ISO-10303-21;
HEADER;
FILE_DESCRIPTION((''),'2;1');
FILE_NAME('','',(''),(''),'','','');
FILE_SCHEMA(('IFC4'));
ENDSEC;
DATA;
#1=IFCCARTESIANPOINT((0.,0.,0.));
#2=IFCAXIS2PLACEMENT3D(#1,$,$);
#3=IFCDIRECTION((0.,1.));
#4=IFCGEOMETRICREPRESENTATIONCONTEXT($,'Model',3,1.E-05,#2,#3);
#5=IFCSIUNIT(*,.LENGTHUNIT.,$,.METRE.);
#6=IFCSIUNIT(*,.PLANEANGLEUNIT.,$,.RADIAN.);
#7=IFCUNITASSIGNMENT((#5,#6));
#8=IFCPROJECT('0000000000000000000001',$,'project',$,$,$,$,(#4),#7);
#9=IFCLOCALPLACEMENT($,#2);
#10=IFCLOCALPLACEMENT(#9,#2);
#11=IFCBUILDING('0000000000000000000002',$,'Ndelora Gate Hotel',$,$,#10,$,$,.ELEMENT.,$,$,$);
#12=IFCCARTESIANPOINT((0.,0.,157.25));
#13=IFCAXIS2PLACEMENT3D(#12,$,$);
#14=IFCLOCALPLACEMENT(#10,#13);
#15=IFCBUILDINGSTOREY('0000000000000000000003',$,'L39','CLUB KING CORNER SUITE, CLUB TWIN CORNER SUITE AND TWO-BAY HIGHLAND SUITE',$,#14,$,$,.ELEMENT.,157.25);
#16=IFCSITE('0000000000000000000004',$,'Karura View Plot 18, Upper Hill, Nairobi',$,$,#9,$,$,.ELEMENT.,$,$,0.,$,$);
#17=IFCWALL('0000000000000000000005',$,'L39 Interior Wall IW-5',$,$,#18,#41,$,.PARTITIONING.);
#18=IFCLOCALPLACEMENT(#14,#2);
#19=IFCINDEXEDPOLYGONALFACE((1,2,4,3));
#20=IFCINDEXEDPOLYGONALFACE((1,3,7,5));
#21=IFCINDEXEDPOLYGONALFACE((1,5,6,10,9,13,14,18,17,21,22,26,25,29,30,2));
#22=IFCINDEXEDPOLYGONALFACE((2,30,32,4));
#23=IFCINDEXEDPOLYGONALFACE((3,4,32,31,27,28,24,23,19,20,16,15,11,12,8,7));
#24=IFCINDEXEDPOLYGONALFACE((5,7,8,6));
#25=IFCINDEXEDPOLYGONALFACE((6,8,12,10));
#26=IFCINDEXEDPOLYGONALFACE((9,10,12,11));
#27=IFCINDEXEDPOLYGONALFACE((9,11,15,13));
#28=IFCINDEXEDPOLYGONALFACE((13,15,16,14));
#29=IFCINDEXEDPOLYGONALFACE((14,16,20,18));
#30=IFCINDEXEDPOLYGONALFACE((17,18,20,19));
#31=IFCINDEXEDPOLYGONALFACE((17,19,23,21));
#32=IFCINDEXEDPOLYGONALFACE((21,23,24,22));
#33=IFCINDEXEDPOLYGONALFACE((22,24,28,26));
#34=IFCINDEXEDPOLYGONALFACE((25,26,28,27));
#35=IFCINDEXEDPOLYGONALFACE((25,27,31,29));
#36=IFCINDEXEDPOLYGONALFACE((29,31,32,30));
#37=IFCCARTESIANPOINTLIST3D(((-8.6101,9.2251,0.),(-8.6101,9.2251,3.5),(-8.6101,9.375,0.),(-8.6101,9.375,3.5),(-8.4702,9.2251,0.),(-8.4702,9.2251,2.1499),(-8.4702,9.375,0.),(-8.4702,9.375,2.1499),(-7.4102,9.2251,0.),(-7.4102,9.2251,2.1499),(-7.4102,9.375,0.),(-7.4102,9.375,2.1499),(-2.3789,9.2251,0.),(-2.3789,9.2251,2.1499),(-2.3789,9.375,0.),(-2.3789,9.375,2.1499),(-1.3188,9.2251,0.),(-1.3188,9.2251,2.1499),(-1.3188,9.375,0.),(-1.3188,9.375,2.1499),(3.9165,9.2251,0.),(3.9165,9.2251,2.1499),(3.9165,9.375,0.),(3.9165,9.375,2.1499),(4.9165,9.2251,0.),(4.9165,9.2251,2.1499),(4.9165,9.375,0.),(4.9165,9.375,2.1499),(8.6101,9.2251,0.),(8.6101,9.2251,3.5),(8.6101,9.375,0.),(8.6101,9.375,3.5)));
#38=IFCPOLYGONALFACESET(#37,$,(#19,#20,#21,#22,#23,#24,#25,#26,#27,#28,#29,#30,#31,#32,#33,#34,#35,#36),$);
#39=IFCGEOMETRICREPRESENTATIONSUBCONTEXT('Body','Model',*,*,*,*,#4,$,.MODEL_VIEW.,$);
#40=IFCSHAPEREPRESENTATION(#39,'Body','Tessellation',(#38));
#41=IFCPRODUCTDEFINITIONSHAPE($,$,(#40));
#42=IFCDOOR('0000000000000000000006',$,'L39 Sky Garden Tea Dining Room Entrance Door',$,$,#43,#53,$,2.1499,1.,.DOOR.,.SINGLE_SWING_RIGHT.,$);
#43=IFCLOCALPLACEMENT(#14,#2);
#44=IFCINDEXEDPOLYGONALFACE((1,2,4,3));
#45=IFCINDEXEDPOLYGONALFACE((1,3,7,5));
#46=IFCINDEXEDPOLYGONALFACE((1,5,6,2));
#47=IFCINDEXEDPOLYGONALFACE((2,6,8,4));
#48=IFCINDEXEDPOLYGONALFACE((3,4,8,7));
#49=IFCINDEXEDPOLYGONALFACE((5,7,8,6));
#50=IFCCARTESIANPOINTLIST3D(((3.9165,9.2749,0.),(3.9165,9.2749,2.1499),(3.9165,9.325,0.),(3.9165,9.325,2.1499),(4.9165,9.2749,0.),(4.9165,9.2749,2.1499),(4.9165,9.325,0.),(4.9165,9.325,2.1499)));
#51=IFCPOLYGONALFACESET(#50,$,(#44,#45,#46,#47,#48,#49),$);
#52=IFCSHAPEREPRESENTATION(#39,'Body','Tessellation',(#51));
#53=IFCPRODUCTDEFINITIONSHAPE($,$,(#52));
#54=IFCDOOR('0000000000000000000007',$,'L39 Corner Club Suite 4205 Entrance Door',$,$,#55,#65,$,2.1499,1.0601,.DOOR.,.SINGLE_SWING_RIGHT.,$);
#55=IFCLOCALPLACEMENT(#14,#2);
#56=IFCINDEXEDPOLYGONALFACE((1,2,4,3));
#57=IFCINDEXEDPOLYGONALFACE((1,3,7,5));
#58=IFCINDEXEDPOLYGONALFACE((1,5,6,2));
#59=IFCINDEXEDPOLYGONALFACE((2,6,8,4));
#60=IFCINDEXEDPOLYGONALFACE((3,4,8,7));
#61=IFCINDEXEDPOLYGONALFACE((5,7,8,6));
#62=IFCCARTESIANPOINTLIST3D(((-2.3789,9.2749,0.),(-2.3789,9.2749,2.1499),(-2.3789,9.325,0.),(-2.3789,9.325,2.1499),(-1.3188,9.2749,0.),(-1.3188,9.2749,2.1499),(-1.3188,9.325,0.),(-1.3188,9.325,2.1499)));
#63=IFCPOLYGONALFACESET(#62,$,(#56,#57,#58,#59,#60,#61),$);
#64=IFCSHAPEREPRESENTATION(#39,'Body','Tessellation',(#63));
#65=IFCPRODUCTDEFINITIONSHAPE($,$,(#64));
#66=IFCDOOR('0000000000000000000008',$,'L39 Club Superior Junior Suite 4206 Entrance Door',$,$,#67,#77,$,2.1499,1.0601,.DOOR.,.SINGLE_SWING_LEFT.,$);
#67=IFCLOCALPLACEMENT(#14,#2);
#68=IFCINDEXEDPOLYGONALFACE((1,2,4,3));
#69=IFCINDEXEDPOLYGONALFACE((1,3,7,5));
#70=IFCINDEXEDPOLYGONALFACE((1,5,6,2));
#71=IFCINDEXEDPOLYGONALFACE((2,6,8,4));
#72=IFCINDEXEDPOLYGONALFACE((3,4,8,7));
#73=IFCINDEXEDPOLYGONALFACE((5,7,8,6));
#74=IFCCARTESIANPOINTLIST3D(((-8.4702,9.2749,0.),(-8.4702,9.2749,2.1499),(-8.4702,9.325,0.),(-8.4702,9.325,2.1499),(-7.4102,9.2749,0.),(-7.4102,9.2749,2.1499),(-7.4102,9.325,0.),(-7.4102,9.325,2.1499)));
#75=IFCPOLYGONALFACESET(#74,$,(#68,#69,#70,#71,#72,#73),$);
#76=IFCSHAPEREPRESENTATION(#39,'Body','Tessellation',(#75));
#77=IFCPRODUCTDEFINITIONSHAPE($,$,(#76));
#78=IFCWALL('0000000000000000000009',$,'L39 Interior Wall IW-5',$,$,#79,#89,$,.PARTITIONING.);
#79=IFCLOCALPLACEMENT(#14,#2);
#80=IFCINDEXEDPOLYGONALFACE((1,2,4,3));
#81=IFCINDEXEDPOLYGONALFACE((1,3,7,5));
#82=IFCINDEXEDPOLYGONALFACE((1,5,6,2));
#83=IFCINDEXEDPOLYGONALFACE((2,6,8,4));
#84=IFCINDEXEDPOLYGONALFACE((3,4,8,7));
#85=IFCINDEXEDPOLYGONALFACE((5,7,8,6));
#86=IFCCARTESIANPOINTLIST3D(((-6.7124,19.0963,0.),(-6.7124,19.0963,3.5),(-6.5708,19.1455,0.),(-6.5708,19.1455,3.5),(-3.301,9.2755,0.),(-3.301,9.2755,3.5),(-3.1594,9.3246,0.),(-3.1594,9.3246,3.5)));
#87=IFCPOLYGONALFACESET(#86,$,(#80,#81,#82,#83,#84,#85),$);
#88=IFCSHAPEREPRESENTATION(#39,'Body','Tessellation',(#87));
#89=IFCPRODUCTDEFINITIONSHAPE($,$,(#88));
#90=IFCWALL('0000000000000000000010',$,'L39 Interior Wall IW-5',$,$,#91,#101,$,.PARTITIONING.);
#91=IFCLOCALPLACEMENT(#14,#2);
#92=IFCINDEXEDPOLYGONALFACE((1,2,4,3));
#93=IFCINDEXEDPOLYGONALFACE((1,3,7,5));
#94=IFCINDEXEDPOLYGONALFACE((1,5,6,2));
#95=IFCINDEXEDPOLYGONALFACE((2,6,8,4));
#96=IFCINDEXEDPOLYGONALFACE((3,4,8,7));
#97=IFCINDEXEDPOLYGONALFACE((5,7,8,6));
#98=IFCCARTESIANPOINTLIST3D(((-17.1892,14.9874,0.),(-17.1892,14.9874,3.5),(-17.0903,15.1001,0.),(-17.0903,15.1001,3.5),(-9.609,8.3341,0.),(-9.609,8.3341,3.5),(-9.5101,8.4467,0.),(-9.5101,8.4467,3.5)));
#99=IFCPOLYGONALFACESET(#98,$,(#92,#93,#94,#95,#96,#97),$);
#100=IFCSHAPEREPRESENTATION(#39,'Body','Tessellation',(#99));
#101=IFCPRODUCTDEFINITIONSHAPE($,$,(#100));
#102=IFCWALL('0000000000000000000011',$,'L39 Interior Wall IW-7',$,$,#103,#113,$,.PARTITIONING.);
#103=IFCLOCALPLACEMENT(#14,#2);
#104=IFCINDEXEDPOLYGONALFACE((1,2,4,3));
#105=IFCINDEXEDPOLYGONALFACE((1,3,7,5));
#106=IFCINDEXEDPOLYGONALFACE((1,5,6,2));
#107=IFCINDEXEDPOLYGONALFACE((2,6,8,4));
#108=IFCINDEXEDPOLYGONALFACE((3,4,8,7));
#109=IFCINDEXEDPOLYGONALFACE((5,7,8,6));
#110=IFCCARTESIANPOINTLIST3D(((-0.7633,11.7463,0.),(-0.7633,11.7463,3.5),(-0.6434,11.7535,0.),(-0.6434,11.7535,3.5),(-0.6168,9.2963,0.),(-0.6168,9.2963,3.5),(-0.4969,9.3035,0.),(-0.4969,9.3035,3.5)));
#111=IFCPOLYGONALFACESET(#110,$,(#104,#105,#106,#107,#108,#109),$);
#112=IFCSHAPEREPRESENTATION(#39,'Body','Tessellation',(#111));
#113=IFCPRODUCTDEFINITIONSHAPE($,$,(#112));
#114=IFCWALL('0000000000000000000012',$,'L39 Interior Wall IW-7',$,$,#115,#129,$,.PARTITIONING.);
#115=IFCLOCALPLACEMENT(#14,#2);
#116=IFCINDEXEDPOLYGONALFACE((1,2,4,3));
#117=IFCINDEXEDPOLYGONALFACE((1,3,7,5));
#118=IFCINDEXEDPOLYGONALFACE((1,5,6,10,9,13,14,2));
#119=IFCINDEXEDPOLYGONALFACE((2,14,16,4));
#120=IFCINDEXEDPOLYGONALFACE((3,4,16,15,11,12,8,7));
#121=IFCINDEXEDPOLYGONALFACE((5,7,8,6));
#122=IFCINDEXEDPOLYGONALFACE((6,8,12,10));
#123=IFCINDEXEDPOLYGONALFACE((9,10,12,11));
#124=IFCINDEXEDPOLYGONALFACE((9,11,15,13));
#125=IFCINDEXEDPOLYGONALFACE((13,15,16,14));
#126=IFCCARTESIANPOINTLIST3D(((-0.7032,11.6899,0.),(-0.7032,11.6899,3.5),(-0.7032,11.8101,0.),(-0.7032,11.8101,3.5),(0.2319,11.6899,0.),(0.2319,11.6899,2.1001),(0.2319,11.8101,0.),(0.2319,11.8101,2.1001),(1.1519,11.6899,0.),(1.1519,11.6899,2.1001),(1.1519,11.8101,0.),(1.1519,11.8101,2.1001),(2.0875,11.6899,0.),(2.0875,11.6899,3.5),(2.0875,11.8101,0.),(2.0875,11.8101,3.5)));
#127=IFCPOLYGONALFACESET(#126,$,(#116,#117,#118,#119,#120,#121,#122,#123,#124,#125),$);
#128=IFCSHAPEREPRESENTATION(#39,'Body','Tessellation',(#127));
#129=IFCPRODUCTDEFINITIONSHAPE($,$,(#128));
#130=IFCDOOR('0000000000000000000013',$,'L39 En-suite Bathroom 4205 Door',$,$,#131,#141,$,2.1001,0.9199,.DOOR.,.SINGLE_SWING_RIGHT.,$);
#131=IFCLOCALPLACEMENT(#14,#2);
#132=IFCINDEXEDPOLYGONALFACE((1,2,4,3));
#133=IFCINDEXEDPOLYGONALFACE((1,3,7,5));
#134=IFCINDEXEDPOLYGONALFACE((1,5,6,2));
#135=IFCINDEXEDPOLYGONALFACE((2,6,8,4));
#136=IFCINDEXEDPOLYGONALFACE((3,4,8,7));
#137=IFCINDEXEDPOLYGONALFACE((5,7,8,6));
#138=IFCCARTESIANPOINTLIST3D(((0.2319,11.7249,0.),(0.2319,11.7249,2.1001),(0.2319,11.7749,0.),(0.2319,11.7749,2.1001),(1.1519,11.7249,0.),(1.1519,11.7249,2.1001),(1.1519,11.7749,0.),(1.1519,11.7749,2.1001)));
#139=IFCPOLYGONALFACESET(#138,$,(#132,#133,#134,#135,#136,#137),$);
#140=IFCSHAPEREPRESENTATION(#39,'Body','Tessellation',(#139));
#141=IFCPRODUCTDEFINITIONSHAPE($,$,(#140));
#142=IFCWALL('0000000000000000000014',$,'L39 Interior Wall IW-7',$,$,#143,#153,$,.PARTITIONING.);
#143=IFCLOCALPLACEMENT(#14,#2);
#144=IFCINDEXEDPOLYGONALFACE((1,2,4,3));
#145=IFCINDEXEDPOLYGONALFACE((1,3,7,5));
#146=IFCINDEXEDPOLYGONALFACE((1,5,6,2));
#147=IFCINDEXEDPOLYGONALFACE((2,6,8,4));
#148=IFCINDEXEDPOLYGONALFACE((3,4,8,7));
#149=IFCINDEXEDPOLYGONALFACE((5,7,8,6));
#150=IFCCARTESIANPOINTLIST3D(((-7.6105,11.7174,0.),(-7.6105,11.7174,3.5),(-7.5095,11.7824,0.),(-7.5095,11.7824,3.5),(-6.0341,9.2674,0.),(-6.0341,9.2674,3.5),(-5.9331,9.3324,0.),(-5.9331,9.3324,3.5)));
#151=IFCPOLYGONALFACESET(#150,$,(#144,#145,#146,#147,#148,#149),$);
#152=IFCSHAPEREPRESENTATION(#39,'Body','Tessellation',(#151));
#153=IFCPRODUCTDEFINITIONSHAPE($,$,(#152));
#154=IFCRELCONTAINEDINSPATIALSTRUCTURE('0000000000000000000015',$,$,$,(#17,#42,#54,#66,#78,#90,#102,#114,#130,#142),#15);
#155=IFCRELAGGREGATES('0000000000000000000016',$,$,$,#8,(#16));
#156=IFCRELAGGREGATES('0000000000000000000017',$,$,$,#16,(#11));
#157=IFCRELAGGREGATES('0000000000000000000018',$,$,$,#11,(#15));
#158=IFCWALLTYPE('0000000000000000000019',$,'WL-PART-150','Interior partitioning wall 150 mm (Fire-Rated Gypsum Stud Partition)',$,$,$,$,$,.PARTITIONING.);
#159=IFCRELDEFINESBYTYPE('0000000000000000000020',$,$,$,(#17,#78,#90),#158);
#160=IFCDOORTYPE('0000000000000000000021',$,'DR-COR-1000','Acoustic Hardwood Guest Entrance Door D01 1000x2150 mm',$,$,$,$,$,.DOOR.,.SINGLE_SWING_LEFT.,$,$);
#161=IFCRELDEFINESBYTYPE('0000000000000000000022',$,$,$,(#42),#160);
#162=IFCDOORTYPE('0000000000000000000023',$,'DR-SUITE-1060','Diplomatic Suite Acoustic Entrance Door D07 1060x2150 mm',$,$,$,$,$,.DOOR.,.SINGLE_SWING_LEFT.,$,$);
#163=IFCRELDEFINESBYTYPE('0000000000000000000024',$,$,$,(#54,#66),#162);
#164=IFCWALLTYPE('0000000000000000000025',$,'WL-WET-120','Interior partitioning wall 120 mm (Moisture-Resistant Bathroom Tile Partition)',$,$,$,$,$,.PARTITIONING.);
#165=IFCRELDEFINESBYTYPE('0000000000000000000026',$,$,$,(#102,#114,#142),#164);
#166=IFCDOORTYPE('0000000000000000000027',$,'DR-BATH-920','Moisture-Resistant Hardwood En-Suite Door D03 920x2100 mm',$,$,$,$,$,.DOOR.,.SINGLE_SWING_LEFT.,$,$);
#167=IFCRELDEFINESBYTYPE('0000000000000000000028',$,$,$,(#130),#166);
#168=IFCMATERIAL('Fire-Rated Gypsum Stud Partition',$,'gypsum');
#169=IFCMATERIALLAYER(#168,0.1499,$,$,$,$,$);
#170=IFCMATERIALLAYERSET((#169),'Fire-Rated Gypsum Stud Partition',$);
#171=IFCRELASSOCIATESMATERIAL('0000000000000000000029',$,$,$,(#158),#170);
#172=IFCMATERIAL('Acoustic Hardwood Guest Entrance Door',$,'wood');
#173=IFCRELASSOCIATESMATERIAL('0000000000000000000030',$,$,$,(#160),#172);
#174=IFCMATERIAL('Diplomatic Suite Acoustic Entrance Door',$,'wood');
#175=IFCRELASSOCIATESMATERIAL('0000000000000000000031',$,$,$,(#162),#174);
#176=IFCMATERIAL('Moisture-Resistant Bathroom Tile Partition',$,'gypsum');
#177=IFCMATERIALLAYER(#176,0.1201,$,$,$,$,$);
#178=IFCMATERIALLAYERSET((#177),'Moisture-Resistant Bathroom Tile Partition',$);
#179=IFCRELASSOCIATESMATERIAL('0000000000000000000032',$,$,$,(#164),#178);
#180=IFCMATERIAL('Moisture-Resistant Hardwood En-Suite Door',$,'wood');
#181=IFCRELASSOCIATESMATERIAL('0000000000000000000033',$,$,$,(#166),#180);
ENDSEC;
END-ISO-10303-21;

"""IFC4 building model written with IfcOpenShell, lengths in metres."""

from ifc_helpers import new_model, si_unit, direction, frame, frame_2d, origin, place, context, subcontext, project, spatial, rectangle, extrude, material, layer, layer_set, type_object, element, fill, save


model = new_model("IFC4")

# Units and contexts
model_context = context("Model", 3, precision=1e-05, world=origin(), true_north=direction((0.0, 1.0)))
body_context = subcontext(model_context, "Body", "Model", "MODEL_VIEW")
ifc_project = project(units=[si_unit("LENGTHUNIT", "METRE"), si_unit("PLANEANGLEUNIT", "RADIAN")], contexts=[model_context])

# Site, building, storey
site_placement = place(None, origin())
site = spatial("IfcSite", under=ifc_project, at=site_placement, Name="Karura View Plot 18, Upper Hill, Nairobi", CompositionType="ELEMENT", RefElevation=0.0)
building_placement = place(site_placement, origin())
building = spatial("IfcBuilding", under=site, at=building_placement, Name="Ndelora Gate Hotel", CompositionType="ELEMENT")
storey_placement = place(building_placement, frame((0.0, 0.0, 157.25)))
storey = spatial("IfcBuildingStorey", under=building, at=storey_placement, Name="L39", Description="CLUB KING CORNER SUITE, CLUB TWIN CORNER SUITE AND TWO-BAY HIGHLAND SUITE", CompositionType="ELEMENT", Elevation=157.25)

# Wall, openings, doors
ifc_material_1 = material(Name="Fire-Rated Gypsum Stud Partition", Category="gypsum")
ifc_layer_1 = layer(ifc_material_1, 0.1499)
ifc_layer_set_1 = layer_set([ifc_layer_1], Name="Fire-Rated Gypsum Stud Partition")
wall_type_1 = type_object("IfcWallType", Name="WL-PART-150", Description="Interior partitioning wall 150 mm (Fire-Rated Gypsum Stud Partition)", PredefinedType="PARTITIONING", material=ifc_layer_set_1)
wall_1_placement = place(storey_placement, frame((-8.6101, 9.3, 0.0), z_axis=(0.0, 0.0, 1.0), x_axis=(1.0, 0.0, 0.0)))
wall_1 = element("IfcWall", 1, at=wall_1_placement, inside=storey, type_object=wall_type_1, Name="L39 Interior Wall IW-5", PredefinedType="PARTITIONING", context=body_context, shape_type="SweptSolid", body=[
    extrude(rectangle(XDim=17.2202, YDim=0.1499, at=frame_2d((8.6101, 0.0))), origin(), (0.0, 0.0, 1.0), 3.5),
])
opening_1_placement = place(wall_1_placement, frame((12.5266, 0.0, 0.0)))
opening_1 = element("IfcOpeningElement", 2, at=opening_1_placement, cuts=wall_1, PredefinedType="OPENING", context=body_context, shape_type="SweptSolid", body=[
    extrude(rectangle(XDim=1.0, YDim=2.1499, at=frame_2d((0.5, 1.075))), frame((0.0, 0.085, 0.0), z_axis=(0.0, -1.0, 0.0), x_axis=(1.0, 0.0, 0.0)), (0.0, 0.0, 1.0), 0.1699),
])
opening_2_placement = place(wall_1_placement, frame((6.2312, 0.0, 0.0)))
opening_2 = element("IfcOpeningElement", 3, at=opening_2_placement, cuts=wall_1, PredefinedType="OPENING", context=body_context, shape_type="SweptSolid", body=[
    extrude(rectangle(XDim=1.0601, YDim=2.1499, at=frame_2d((0.53, 1.075))), frame((0.0, 0.085, 0.0), z_axis=(0.0, -1.0, 0.0), x_axis=(1.0, 0.0, 0.0)), (0.0, 0.0, 1.0), 0.1699),
])
opening_3_placement = place(wall_1_placement, frame((0.1399, 0.0, 0.0)))
opening_3 = element("IfcOpeningElement", 4, at=opening_3_placement, cuts=wall_1, PredefinedType="OPENING", context=body_context, shape_type="SweptSolid", body=[
    extrude(rectangle(XDim=1.0601, YDim=2.1499, at=frame_2d((0.53, 1.075))), frame((0.0, 0.085, 0.0), z_axis=(0.0, -1.0, 0.0), x_axis=(1.0, 0.0, 0.0)), (0.0, 0.0, 1.0), 0.1699),
])
ifc_material_2 = material(Name="Acoustic Hardwood Guest Entrance Door", Category="wood")
door_type_1 = type_object("IfcDoorType", Name="DR-COR-1000", Description="Acoustic Hardwood Guest Entrance Door D01 1000x2150 mm", OperationType="SINGLE_SWING_LEFT", PredefinedType="DOOR", material=ifc_material_2)
door_1_placement = place(opening_1_placement, origin())
door_1 = element("IfcDoor", 5, at=door_1_placement, inside=storey, type_object=door_type_1, Name="L39 Sky Garden Tea Dining Room Entrance Door", OperationType="SINGLE_SWING_RIGHT", OverallHeight=2.1499, OverallWidth=1.0, PredefinedType="DOOR", context=body_context, shape_type="SweptSolid", body=[
    extrude(rectangle(XDim=1.0, YDim=2.1499, at=frame_2d((0.5, 1.075))), frame((0.0, 0.0249, 0.0), z_axis=(0.0, -1.0, 0.0), x_axis=(1.0, 0.0, 0.0)), (0.0, 0.0, 1.0), 0.05),
])
fill(opening_1, door_1)
ifc_material_3 = material(Name="Diplomatic Suite Acoustic Entrance Door", Category="wood")
door_type_2 = type_object("IfcDoorType", Name="DR-SUITE-1060", Description="Diplomatic Suite Acoustic Entrance Door D07 1060x2150 mm", OperationType="SINGLE_SWING_LEFT", PredefinedType="DOOR", material=ifc_material_3)
door_2_placement = place(opening_2_placement, origin())
door_2 = element("IfcDoor", 6, at=door_2_placement, inside=storey, type_object=door_type_2, Name="L39 Corner Club Suite 4205 Entrance Door", OperationType="SINGLE_SWING_RIGHT", OverallHeight=2.1499, OverallWidth=1.0601, PredefinedType="DOOR", context=body_context, shape_type="SweptSolid", body=[
    extrude(rectangle(XDim=1.0601, YDim=2.1499, at=frame_2d((0.53, 1.075))), frame((0.0, 0.0249, 0.0), z_axis=(0.0, -1.0, 0.0), x_axis=(1.0, 0.0, 0.0)), (0.0, 0.0, 1.0), 0.05),
])
fill(opening_2, door_2)
door_3_placement = place(opening_3_placement, origin())
door_3 = element("IfcDoor", 7, at=door_3_placement, inside=storey, type_object=door_type_2, Name="L39 Club Superior Junior Suite 4206 Entrance Door", OperationType="SINGLE_SWING_LEFT", OverallHeight=2.1499, OverallWidth=1.0601, PredefinedType="DOOR", context=body_context, shape_type="SweptSolid", body=[
    extrude(rectangle(XDim=1.0601, YDim=2.1499, at=frame_2d((0.53, 1.075))), frame((0.0, 0.0249, 0.0), z_axis=(0.0, -1.0, 0.0), x_axis=(1.0, 0.0, 0.0)), (0.0, 0.0, 1.0), 0.05),
])
fill(opening_3, door_3)

# Walls
wall_2_placement = place(storey_placement, frame((-3.2302, 9.3, 0.0), z_axis=(0.0, 0.0, 1.0), x_axis=(-0.32813, 0.944633, 0.0)))
element("IfcWall", 8, at=wall_2_placement, inside=storey, type_object=wall_type_1, Name="L39 Interior Wall IW-5", PredefinedType="PARTITIONING", context=body_context, shape_type="SweptSolid", body=[
    extrude(rectangle(XDim=10.3965, YDim=0.1499, at=frame_2d((5.1982, 0.0))), origin(), (0.0, 0.0, 1.0), 3.5),
])
wall_3_placement = place(storey_placement, frame((-9.5596, 8.3904, 0.0), z_axis=(0.0, 0.0, 1.0), x_axis=(-0.751556, 0.659669, 0.0)))
element("IfcWall", 9, at=wall_3_placement, inside=storey, type_object=wall_type_1, Name="L39 Interior Wall IW-5", PredefinedType="PARTITIONING", context=body_context, shape_type="SweptSolid", body=[
    extrude(rectangle(XDim=10.0859, YDim=0.1499, at=frame_2d((5.043, 0.0))), origin(), (0.0, 0.0, 1.0), 3.5),
])
ifc_material_4 = material(Name="Moisture-Resistant Bathroom Tile Partition", Category="gypsum")
ifc_layer_2 = layer(ifc_material_4, 0.1201)
ifc_layer_set_2 = layer_set([ifc_layer_2], Name="Moisture-Resistant Bathroom Tile Partition")
wall_type_2 = type_object("IfcWallType", Name="WL-WET-120", Description="Interior partitioning wall 120 mm (Moisture-Resistant Bathroom Tile Partition)", PredefinedType="PARTITIONING", material=ifc_layer_set_2)
wall_4_placement = place(storey_placement, frame((-0.5569, 9.3, 0.0), z_axis=(0.0, 0.0, 1.0), x_axis=(-0.059684, 0.998217, 0.0)))
element("IfcWall", 10, at=wall_4_placement, inside=storey, type_object=wall_type_2, Name="L39 Interior Wall IW-7", PredefinedType="PARTITIONING", context=body_context, shape_type="SweptSolid", body=[
    extrude(rectangle(XDim=2.4543, YDim=0.1201, at=frame_2d((1.2271, 0.0))), origin(), (0.0, 0.0, 1.0), 3.5),
])

# Wall, opening, door
wall_5_placement = place(storey_placement, frame((-0.7034, 11.75, 0.0), z_axis=(0.0, 0.0, 1.0), x_axis=(1.0, 0.0, 0.0)))
wall_5 = element("IfcWall", 11, at=wall_5_placement, inside=storey, type_object=wall_type_2, Name="L39 Interior Wall IW-7", PredefinedType="PARTITIONING", context=body_context, shape_type="SweptSolid", body=[
    extrude(rectangle(XDim=2.7908, YDim=0.1201, at=frame_2d((1.3955, 0.0))), origin(), (0.0, 0.0, 1.0), 3.5),
])
opening_4_placement = place(wall_5_placement, frame((0.9353, 0.0, 0.0)))
opening_4 = element("IfcOpeningElement", 12, at=opening_4_placement, cuts=wall_5, PredefinedType="OPENING", context=body_context, shape_type="SweptSolid", body=[
    extrude(rectangle(XDim=0.9199, YDim=2.1001, at=frame_2d((0.46, 1.05))), frame((0.0, 0.0701, 0.0), z_axis=(0.0, -1.0, 0.0), x_axis=(1.0, 0.0, 0.0)), (0.0, 0.0, 1.0), 0.1401),
])
ifc_material_5 = material(Name="Moisture-Resistant Hardwood En-Suite Door", Category="wood")
door_type_3 = type_object("IfcDoorType", Name="DR-BATH-920", Description="Moisture-Resistant Hardwood En-Suite Door D03 920x2100 mm", OperationType="SINGLE_SWING_LEFT", PredefinedType="DOOR", material=ifc_material_5)
door_4_placement = place(opening_4_placement, origin())
door_4 = element("IfcDoor", 13, at=door_4_placement, inside=storey, type_object=door_type_3, Name="L39 En-suite Bathroom 4205 Door", OperationType="SINGLE_SWING_RIGHT", OverallHeight=2.1001, OverallWidth=0.9199, PredefinedType="DOOR", context=body_context, shape_type="SweptSolid", body=[
    extrude(rectangle(XDim=0.9199, YDim=2.1001, at=frame_2d((0.46, 1.05))), frame((0.0, 0.0249, 0.0), z_axis=(0.0, -1.0, 0.0), x_axis=(1.0, 0.0, 0.0)), (0.0, 0.0, 1.0), 0.05),
])
fill(opening_4, door_4)

# Wall
wall_6_placement = place(storey_placement, frame((-5.9836, 9.3, 0.0), z_axis=(0.0, 0.0, 1.0), x_axis=(-0.541109, 0.840952, 0.0)))
element("IfcWall", 14, at=wall_6_placement, inside=storey, type_object=wall_type_2, Name="L39 Interior Wall IW-7", PredefinedType="PARTITIONING", context=body_context, shape_type="SweptSolid", body=[
    extrude(rectangle(XDim=2.9133, YDim=0.1201, at=frame_2d((1.4565, 0.0))), origin(), (0.0, 0.0, 1.0), 3.5),
])

save(model, "model.ifc")
